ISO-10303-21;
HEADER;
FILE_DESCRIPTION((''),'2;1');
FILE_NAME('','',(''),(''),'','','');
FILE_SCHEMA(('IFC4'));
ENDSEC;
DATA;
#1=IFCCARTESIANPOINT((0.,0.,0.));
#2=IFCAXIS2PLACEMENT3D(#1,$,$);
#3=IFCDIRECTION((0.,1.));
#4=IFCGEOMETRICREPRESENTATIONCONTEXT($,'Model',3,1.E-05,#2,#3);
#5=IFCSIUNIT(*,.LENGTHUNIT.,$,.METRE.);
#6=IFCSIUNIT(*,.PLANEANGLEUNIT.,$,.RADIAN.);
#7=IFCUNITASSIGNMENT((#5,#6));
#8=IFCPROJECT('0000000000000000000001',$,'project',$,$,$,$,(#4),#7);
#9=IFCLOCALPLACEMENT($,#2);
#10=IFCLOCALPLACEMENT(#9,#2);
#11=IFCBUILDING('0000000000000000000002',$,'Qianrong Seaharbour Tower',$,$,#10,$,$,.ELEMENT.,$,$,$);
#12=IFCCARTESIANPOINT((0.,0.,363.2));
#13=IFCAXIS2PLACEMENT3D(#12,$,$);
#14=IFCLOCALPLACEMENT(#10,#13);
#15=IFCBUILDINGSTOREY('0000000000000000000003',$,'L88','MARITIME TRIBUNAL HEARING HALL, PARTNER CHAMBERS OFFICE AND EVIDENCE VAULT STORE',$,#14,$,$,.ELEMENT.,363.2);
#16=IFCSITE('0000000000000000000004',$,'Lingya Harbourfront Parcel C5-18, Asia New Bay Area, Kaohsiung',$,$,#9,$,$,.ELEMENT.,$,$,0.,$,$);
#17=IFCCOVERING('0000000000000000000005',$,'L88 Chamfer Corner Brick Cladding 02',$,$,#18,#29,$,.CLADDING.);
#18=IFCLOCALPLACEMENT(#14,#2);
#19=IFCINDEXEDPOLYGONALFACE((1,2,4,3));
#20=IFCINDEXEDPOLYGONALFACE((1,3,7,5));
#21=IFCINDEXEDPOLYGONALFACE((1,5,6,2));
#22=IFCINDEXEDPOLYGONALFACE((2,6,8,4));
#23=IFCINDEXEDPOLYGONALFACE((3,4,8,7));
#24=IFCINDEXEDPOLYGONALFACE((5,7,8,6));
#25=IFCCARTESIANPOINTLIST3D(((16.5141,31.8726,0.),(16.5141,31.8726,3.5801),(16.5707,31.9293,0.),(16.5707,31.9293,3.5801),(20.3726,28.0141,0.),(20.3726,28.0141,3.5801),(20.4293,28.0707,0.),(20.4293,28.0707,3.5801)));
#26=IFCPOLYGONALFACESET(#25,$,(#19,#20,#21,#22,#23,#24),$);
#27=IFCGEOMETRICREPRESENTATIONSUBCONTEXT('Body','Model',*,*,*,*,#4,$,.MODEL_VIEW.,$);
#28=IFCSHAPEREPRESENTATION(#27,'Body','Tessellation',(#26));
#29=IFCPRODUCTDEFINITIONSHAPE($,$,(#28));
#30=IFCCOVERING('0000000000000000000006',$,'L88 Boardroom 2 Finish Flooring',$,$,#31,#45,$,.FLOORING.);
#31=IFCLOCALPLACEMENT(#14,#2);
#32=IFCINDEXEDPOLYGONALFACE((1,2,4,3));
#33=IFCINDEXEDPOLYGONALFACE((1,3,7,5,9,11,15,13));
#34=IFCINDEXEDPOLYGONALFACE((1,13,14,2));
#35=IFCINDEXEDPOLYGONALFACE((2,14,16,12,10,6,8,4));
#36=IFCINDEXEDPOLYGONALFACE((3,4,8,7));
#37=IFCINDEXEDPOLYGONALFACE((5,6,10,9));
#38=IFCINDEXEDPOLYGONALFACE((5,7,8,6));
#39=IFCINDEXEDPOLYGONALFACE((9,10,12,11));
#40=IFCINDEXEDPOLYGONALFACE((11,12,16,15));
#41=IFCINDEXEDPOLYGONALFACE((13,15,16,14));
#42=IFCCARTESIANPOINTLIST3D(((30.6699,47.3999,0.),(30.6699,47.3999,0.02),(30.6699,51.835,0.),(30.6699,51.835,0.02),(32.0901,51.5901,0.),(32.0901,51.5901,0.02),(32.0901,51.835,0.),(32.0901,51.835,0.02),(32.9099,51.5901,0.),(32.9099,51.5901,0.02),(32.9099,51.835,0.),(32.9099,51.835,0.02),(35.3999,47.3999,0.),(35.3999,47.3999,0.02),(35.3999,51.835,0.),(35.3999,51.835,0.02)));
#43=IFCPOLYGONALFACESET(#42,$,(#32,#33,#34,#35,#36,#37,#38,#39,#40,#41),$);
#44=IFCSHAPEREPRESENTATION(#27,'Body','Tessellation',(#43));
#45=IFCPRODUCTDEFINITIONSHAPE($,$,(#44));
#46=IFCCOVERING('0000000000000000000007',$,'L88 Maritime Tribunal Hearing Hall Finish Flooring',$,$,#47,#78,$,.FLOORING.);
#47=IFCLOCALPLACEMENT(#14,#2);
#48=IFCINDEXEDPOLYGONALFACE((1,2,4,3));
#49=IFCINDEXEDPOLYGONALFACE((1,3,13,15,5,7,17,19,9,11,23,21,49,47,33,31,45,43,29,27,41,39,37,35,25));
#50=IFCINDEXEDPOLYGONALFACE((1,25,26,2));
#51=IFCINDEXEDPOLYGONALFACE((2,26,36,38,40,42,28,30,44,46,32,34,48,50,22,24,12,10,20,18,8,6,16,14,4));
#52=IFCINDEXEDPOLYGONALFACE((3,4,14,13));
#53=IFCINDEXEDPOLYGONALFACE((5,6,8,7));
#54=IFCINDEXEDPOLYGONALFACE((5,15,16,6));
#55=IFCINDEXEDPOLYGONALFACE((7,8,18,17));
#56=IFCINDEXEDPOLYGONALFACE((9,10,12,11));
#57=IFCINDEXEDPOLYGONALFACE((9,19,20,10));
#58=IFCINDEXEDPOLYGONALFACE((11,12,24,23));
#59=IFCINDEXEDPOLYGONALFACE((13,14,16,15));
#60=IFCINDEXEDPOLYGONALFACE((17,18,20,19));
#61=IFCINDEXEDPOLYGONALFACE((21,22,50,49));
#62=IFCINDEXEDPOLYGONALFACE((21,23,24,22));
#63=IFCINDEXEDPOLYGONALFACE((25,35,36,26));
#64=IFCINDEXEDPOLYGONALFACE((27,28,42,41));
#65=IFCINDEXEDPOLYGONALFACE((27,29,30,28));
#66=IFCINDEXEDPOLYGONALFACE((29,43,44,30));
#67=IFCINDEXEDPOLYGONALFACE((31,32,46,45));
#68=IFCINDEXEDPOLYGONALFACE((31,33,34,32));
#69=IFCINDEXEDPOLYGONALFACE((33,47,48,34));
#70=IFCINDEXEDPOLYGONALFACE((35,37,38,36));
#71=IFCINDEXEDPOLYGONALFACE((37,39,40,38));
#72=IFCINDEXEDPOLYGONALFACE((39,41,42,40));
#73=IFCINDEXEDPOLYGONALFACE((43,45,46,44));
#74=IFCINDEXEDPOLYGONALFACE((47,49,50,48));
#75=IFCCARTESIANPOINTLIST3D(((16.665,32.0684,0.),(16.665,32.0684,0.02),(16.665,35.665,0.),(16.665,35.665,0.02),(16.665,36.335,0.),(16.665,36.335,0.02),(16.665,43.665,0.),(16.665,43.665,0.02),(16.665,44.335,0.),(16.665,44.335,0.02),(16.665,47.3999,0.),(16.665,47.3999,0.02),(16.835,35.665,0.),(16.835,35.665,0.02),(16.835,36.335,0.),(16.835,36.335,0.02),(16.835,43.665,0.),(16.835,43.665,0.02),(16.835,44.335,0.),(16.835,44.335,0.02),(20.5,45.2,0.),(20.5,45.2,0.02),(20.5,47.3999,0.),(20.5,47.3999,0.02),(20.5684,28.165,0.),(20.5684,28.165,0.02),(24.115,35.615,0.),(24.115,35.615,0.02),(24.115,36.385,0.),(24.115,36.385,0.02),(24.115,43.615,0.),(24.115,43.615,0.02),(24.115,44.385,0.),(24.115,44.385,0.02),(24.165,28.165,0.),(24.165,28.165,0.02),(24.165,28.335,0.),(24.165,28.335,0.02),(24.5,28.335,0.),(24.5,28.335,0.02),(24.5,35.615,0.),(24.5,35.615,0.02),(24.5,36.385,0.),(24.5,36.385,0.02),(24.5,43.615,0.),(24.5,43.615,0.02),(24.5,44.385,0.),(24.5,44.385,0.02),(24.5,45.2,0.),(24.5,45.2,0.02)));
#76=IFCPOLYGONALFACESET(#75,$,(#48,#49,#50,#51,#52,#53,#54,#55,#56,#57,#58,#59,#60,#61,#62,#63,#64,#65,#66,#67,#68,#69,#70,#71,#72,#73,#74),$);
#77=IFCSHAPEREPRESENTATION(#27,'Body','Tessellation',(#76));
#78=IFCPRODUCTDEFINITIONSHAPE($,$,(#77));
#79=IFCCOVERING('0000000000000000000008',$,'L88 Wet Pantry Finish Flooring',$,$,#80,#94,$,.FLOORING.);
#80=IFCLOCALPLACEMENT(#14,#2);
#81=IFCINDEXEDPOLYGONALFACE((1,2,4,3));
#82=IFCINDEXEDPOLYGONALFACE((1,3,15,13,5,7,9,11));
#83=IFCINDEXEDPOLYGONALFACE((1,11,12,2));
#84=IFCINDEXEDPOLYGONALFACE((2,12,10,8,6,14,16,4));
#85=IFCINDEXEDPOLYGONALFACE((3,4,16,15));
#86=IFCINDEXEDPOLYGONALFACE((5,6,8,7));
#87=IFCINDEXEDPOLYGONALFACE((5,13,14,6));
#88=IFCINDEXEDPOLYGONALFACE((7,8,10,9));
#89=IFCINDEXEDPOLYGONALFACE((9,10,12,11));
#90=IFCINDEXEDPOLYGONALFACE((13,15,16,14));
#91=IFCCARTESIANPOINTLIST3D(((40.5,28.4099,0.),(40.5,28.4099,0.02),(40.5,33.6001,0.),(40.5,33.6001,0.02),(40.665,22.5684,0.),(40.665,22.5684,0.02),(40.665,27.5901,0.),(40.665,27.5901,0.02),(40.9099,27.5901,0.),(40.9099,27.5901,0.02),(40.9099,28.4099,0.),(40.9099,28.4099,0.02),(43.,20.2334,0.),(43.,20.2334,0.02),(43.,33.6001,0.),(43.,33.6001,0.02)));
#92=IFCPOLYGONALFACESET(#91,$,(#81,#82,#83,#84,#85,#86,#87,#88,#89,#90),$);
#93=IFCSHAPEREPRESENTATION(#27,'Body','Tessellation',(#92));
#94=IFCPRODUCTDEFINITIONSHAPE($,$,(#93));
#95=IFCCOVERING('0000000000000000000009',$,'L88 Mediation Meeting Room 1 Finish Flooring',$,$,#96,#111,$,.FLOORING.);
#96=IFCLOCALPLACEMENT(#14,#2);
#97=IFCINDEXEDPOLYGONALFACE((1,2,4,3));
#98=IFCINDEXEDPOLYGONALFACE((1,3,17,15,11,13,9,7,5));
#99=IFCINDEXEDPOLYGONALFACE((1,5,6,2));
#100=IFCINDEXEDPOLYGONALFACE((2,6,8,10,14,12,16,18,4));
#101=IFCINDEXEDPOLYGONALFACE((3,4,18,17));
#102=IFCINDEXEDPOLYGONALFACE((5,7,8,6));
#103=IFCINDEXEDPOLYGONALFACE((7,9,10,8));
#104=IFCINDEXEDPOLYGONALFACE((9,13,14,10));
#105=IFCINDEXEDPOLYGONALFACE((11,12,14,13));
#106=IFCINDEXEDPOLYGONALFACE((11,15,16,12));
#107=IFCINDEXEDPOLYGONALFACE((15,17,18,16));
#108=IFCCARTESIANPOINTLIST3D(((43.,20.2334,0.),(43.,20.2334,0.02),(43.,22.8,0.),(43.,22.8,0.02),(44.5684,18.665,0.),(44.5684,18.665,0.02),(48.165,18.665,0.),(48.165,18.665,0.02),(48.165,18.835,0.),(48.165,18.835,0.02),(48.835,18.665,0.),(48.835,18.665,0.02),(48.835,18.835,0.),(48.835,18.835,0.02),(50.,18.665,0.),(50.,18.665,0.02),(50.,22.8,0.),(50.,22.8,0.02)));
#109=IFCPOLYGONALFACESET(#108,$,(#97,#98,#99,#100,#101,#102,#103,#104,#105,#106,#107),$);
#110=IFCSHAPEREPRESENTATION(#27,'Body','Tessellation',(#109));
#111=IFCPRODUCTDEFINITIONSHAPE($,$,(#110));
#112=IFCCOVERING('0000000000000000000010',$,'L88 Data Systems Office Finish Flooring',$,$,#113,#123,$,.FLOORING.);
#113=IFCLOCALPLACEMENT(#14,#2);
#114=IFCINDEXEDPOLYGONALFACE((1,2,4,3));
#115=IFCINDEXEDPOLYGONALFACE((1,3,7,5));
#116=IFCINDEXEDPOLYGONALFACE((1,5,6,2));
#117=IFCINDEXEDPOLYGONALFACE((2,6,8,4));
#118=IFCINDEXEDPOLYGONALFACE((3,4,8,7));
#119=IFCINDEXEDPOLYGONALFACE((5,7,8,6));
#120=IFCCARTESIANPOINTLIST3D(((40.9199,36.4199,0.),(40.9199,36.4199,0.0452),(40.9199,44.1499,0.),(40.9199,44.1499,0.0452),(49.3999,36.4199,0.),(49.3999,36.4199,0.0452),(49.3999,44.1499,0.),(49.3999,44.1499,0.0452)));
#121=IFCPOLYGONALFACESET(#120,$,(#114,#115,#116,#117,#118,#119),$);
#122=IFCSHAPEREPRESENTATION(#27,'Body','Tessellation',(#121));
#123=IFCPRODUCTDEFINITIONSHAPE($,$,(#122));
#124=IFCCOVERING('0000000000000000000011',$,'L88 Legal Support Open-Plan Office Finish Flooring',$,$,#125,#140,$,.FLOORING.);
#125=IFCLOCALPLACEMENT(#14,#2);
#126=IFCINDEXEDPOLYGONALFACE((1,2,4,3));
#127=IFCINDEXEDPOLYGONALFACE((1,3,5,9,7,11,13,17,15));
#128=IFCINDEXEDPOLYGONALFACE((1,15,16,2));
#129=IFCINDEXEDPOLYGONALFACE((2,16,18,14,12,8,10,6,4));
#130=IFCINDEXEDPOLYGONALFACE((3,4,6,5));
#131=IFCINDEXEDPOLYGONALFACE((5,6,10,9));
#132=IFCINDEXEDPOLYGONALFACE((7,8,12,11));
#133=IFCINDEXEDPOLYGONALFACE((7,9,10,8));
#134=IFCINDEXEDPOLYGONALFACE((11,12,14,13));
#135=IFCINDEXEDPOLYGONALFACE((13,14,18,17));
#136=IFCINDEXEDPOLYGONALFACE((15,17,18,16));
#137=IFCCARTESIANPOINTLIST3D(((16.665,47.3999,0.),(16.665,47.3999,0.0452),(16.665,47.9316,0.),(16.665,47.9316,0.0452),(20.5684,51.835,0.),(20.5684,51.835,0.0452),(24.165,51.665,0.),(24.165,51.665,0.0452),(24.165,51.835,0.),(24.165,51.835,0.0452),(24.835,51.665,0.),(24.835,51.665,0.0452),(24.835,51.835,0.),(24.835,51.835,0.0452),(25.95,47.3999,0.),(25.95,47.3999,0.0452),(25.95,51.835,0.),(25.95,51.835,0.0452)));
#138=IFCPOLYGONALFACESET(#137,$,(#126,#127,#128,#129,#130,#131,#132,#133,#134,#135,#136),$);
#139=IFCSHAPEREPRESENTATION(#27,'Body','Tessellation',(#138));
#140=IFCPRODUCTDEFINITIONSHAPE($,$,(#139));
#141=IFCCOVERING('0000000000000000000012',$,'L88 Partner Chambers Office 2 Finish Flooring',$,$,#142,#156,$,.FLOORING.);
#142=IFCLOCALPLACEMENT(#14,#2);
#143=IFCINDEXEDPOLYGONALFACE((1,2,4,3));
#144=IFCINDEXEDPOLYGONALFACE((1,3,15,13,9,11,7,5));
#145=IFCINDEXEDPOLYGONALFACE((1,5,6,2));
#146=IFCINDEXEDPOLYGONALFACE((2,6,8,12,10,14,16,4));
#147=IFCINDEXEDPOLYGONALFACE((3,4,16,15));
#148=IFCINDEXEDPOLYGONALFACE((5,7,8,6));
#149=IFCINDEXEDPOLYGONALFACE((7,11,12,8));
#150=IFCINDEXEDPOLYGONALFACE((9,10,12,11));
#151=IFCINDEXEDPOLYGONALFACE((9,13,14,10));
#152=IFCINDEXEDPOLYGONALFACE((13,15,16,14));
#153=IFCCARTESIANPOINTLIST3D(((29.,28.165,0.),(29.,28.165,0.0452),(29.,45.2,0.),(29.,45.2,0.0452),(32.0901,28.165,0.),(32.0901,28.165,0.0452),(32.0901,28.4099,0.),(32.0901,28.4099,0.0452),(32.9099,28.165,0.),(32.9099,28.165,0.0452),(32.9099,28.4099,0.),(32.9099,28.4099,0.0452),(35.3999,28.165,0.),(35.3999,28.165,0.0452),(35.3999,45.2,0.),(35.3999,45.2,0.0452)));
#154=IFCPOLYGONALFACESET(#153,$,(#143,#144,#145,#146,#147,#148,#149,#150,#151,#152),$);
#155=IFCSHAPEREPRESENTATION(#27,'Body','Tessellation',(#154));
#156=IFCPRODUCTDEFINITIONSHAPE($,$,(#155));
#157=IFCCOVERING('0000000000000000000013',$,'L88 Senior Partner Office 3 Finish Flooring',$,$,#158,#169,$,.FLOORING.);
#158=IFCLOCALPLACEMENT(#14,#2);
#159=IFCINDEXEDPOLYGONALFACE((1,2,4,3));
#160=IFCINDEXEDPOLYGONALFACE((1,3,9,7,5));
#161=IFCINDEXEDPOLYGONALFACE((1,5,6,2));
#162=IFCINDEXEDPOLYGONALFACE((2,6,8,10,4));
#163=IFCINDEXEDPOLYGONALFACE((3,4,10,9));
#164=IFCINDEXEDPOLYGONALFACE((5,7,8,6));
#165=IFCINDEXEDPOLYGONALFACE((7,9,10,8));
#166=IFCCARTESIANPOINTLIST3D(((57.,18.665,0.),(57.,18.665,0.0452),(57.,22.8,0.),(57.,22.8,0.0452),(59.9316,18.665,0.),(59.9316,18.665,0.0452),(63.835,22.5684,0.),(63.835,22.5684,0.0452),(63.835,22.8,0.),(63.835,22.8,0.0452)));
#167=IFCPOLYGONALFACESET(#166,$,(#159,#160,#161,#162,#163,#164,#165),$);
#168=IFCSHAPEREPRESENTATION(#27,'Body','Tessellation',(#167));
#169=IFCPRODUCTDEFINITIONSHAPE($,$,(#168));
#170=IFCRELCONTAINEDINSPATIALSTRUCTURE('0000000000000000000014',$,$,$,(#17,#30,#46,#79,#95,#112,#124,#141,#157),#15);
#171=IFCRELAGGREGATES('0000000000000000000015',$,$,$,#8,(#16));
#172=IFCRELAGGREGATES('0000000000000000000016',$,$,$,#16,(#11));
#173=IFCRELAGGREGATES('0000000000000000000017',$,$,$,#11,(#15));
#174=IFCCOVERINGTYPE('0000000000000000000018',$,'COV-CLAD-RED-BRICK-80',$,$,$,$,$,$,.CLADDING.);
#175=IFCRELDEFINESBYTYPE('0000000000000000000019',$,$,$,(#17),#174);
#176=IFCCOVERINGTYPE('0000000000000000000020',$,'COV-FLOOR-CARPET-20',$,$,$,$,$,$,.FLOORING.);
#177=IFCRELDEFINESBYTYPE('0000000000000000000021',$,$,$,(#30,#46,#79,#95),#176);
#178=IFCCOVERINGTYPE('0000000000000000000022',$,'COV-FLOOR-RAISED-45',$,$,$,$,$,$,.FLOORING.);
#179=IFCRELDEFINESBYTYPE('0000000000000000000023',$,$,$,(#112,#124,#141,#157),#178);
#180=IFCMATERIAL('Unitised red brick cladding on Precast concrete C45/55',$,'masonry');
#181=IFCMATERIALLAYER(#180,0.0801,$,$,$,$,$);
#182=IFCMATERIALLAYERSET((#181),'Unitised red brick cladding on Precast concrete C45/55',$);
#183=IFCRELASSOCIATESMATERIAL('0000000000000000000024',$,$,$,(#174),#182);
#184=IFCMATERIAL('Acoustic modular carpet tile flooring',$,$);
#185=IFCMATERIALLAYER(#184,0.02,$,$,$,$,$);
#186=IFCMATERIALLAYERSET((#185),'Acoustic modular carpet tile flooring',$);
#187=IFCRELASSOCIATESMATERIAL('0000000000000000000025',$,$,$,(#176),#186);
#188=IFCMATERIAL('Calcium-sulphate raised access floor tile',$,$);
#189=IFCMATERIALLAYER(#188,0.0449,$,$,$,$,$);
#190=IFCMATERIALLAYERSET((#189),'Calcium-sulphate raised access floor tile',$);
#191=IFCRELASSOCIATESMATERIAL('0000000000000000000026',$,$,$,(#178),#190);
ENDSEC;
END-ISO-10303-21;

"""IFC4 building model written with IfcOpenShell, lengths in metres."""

from ifc_helpers import new_model, si_unit, direction, frame, origin, origin_2d, place, context, subcontext, project, spatial, polyline, rectangle, outline, extrude, material, layer, layer_set, type_object, element, save


model = new_model("IFC4")

# Units and contexts
model_context = context("Model", 3, precision=1e-05, world=origin(), true_north=direction((0.0, 1.0)))
body_context = subcontext(model_context, "Body", "Model", "MODEL_VIEW")
ifc_project = project(units=[si_unit("LENGTHUNIT", "METRE"), si_unit("PLANEANGLEUNIT", "RADIAN")], contexts=[model_context])

# Site, building, storey
site_placement = place(None, origin())
site = spatial("IfcSite", under=ifc_project, at=site_placement, Name="Lingya Harbourfront Parcel C5-18, Asia New Bay Area, Kaohsiung", CompositionType="ELEMENT", RefElevation=0.0)
building_placement = place(site_placement, origin())
building = spatial("IfcBuilding", under=site, at=building_placement, Name="Qianrong Seaharbour Tower", CompositionType="ELEMENT")
storey_placement = place(building_placement, frame((0.0, 0.0, 363.2)))
storey = spatial("IfcBuildingStorey", under=building, at=storey_placement, Name="L88", Description="MARITIME TRIBUNAL HEARING HALL, PARTNER CHAMBERS OFFICE AND EVIDENCE VAULT STORE", CompositionType="ELEMENT", Elevation=363.2)

# Coverings
ifc_material_1 = material(Name="Unitised red brick cladding on Precast concrete C45/55", Category="masonry")
ifc_layer_1 = layer(ifc_material_1, 0.0801)
ifc_layer_set_1 = layer_set([ifc_layer_1], Name="Unitised red brick cladding on Precast concrete C45/55")
covering_type_1 = type_object("IfcCoveringType", Name="COV-CLAD-RED-BRICK-80", PredefinedType="CLADDING", material=ifc_layer_set_1)
covering_1_placement = place(storey_placement, frame((18.4717, 29.9717, 0.0), z_axis=(0.0, 0.0, 1.0), x_axis=(-0.707107, 0.707107, 0.0)))
element("IfcCovering", 1, at=covering_1_placement, inside=storey, type_object=covering_type_1, Name="L88 Chamfer Corner Brick Cladding 02", PredefinedType="CLADDING", context=body_context, shape_type="SweptSolid", body=[
    extrude(rectangle(XDim=5.4568, YDim=0.0801, at=origin_2d()), origin(), (0.0, 0.0, 1.0), 3.5801),
])
ifc_material_2 = material(Name="Acoustic modular carpet tile flooring")
ifc_layer_2 = layer(ifc_material_2, 0.02)
ifc_layer_set_2 = layer_set([ifc_layer_2], Name="Acoustic modular carpet tile flooring")
covering_type_2 = type_object("IfcCoveringType", Name="COV-FLOOR-CARPET-20", PredefinedType="FLOORING", material=ifc_layer_set_2)
covering_2_placement = place(storey_placement, origin())
element("IfcCovering", 2, at=covering_2_placement, inside=storey, type_object=covering_type_2, Name="L88 Boardroom 2 Finish Flooring", PredefinedType="FLOORING", context=body_context, shape_type="SweptSolid", body=[
    extrude(outline(polyline([(30.6699, 51.835), (32.0901, 51.835), (32.0901, 51.5901), (32.9099, 51.5901), (32.9099, 51.835), (35.3999, 51.835), (35.3999, 47.3999), (30.6699, 47.3999), (30.6699, 51.835)])), origin(), (0.0, 0.0, 1.0), 0.02),
])
covering_3_placement = place(storey_placement, origin())
element("IfcCovering", 3, at=covering_3_placement, inside=storey, type_object=covering_type_2, Name="L88 Maritime Tribunal Hearing Hall Finish Flooring", PredefinedType="FLOORING", context=body_context, shape_type="SweptSolid", body=[
    extrude(outline(polyline([(20.5684, 28.165), (16.665, 32.0684), (16.665, 35.665), (16.835, 35.665), (16.835, 36.335), (16.665, 36.335), (16.665, 43.665), (16.835, 43.665), (16.835, 44.335), (16.665, 44.335), (16.665, 47.3999), (20.5, 47.3999), (20.5, 45.2), (24.5, 45.2), (24.5, 44.385), (24.115, 44.385), (24.115, 43.615), (24.5, 43.615), (24.5, 36.385), (24.115, 36.385), (24.115, 35.615), (24.5, 35.615), (24.5, 28.335), (24.165, 28.335), (24.165, 28.165), (20.5684, 28.165)])), origin(), (0.0, 0.0, 1.0), 0.02),
])
covering_4_placement = place(storey_placement, origin())
element("IfcCovering", 4, at=covering_4_placement, inside=storey, type_object=covering_type_2, Name="L88 Wet Pantry Finish Flooring", PredefinedType="FLOORING", context=body_context, shape_type="SweptSolid", body=[
    extrude(outline(polyline([(43.0, 20.2334), (40.665, 22.5684), (40.665, 27.5901), (40.9099, 27.5901), (40.9099, 28.4099), (40.5, 28.4099), (40.5, 33.6001), (43.0, 33.6001), (43.0, 20.2334)])), origin(), (0.0, 0.0, 1.0), 0.02),
])
covering_5_placement = place(storey_placement, origin())
element("IfcCovering", 5, at=covering_5_placement, inside=storey, type_object=covering_type_2, Name="L88 Mediation Meeting Room 1 Finish Flooring", PredefinedType="FLOORING", context=body_context, shape_type="SweptSolid", body=[
    extrude(outline(polyline([(50.0, 18.665), (48.835, 18.665), (48.835, 18.835), (48.165, 18.835), (48.165, 18.665), (44.5684, 18.665), (43.0, 20.2334), (43.0, 22.8), (50.0, 22.8), (50.0, 18.665)])), origin(), (0.0, 0.0, 1.0), 0.02),
])
ifc_material_3 = material(Name="Calcium-sulphate raised access floor tile")
ifc_layer_3 = layer(ifc_material_3, 0.0449)
ifc_layer_set_3 = layer_set([ifc_layer_3], Name="Calcium-sulphate raised access floor tile")
covering_type_3 = type_object("IfcCoveringType", Name="COV-FLOOR-RAISED-45", PredefinedType="FLOORING", material=ifc_layer_set_3)
covering_6_placement = place(storey_placement, origin())
element("IfcCovering", 6, at=covering_6_placement, inside=storey, type_object=covering_type_3, Name="L88 Data Systems Office Finish Flooring", PredefinedType="FLOORING", context=body_context, shape_type="SweptSolid", body=[
    extrude(outline(polyline([(49.3999, 44.1499), (49.3999, 36.4199), (40.9199, 36.4199), (40.9199, 44.1499), (49.3999, 44.1499)])), origin(), (0.0, 0.0, 1.0), 0.0452),
])
covering_7_placement = place(storey_placement, origin())
element("IfcCovering", 7, at=covering_7_placement, inside=storey, type_object=covering_type_3, Name="L88 Legal Support Open-Plan Office Finish Flooring", PredefinedType="FLOORING", context=body_context, shape_type="SweptSolid", body=[
    extrude(outline(polyline([(16.665, 47.9316), (20.5684, 51.835), (24.165, 51.835), (24.165, 51.665), (24.835, 51.665), (24.835, 51.835), (25.95, 51.835), (25.95, 47.3999), (16.665, 47.3999), (16.665, 47.9316)])), origin(), (0.0, 0.0, 1.0), 0.0452),
])
covering_8_placement = place(storey_placement, origin())
element("IfcCovering", 8, at=covering_8_placement, inside=storey, type_object=covering_type_3, Name="L88 Partner Chambers Office 2 Finish Flooring", PredefinedType="FLOORING", context=body_context, shape_type="SweptSolid", body=[
    extrude(outline(polyline([(32.9099, 28.165), (32.9099, 28.4099), (32.0901, 28.4099), (32.0901, 28.165), (29.0, 28.165), (29.0, 45.2), (35.3999, 45.2), (35.3999, 28.165), (32.9099, 28.165)])), origin(), (0.0, 0.0, 1.0), 0.0452),
])
covering_9_placement = place(storey_placement, origin())
element("IfcCovering", 9, at=covering_9_placement, inside=storey, type_object=covering_type_3, Name="L88 Senior Partner Office 3 Finish Flooring", PredefinedType="FLOORING", context=body_context, shape_type="SweptSolid", body=[
    extrude(outline(polyline([(63.835, 22.5684), (59.9316, 18.665), (57.0, 18.665), (57.0, 22.8), (63.835, 22.8), (63.835, 22.5684)])), origin(), (0.0, 0.0, 1.0), 0.0452),
])

save(model, "model.ifc")
